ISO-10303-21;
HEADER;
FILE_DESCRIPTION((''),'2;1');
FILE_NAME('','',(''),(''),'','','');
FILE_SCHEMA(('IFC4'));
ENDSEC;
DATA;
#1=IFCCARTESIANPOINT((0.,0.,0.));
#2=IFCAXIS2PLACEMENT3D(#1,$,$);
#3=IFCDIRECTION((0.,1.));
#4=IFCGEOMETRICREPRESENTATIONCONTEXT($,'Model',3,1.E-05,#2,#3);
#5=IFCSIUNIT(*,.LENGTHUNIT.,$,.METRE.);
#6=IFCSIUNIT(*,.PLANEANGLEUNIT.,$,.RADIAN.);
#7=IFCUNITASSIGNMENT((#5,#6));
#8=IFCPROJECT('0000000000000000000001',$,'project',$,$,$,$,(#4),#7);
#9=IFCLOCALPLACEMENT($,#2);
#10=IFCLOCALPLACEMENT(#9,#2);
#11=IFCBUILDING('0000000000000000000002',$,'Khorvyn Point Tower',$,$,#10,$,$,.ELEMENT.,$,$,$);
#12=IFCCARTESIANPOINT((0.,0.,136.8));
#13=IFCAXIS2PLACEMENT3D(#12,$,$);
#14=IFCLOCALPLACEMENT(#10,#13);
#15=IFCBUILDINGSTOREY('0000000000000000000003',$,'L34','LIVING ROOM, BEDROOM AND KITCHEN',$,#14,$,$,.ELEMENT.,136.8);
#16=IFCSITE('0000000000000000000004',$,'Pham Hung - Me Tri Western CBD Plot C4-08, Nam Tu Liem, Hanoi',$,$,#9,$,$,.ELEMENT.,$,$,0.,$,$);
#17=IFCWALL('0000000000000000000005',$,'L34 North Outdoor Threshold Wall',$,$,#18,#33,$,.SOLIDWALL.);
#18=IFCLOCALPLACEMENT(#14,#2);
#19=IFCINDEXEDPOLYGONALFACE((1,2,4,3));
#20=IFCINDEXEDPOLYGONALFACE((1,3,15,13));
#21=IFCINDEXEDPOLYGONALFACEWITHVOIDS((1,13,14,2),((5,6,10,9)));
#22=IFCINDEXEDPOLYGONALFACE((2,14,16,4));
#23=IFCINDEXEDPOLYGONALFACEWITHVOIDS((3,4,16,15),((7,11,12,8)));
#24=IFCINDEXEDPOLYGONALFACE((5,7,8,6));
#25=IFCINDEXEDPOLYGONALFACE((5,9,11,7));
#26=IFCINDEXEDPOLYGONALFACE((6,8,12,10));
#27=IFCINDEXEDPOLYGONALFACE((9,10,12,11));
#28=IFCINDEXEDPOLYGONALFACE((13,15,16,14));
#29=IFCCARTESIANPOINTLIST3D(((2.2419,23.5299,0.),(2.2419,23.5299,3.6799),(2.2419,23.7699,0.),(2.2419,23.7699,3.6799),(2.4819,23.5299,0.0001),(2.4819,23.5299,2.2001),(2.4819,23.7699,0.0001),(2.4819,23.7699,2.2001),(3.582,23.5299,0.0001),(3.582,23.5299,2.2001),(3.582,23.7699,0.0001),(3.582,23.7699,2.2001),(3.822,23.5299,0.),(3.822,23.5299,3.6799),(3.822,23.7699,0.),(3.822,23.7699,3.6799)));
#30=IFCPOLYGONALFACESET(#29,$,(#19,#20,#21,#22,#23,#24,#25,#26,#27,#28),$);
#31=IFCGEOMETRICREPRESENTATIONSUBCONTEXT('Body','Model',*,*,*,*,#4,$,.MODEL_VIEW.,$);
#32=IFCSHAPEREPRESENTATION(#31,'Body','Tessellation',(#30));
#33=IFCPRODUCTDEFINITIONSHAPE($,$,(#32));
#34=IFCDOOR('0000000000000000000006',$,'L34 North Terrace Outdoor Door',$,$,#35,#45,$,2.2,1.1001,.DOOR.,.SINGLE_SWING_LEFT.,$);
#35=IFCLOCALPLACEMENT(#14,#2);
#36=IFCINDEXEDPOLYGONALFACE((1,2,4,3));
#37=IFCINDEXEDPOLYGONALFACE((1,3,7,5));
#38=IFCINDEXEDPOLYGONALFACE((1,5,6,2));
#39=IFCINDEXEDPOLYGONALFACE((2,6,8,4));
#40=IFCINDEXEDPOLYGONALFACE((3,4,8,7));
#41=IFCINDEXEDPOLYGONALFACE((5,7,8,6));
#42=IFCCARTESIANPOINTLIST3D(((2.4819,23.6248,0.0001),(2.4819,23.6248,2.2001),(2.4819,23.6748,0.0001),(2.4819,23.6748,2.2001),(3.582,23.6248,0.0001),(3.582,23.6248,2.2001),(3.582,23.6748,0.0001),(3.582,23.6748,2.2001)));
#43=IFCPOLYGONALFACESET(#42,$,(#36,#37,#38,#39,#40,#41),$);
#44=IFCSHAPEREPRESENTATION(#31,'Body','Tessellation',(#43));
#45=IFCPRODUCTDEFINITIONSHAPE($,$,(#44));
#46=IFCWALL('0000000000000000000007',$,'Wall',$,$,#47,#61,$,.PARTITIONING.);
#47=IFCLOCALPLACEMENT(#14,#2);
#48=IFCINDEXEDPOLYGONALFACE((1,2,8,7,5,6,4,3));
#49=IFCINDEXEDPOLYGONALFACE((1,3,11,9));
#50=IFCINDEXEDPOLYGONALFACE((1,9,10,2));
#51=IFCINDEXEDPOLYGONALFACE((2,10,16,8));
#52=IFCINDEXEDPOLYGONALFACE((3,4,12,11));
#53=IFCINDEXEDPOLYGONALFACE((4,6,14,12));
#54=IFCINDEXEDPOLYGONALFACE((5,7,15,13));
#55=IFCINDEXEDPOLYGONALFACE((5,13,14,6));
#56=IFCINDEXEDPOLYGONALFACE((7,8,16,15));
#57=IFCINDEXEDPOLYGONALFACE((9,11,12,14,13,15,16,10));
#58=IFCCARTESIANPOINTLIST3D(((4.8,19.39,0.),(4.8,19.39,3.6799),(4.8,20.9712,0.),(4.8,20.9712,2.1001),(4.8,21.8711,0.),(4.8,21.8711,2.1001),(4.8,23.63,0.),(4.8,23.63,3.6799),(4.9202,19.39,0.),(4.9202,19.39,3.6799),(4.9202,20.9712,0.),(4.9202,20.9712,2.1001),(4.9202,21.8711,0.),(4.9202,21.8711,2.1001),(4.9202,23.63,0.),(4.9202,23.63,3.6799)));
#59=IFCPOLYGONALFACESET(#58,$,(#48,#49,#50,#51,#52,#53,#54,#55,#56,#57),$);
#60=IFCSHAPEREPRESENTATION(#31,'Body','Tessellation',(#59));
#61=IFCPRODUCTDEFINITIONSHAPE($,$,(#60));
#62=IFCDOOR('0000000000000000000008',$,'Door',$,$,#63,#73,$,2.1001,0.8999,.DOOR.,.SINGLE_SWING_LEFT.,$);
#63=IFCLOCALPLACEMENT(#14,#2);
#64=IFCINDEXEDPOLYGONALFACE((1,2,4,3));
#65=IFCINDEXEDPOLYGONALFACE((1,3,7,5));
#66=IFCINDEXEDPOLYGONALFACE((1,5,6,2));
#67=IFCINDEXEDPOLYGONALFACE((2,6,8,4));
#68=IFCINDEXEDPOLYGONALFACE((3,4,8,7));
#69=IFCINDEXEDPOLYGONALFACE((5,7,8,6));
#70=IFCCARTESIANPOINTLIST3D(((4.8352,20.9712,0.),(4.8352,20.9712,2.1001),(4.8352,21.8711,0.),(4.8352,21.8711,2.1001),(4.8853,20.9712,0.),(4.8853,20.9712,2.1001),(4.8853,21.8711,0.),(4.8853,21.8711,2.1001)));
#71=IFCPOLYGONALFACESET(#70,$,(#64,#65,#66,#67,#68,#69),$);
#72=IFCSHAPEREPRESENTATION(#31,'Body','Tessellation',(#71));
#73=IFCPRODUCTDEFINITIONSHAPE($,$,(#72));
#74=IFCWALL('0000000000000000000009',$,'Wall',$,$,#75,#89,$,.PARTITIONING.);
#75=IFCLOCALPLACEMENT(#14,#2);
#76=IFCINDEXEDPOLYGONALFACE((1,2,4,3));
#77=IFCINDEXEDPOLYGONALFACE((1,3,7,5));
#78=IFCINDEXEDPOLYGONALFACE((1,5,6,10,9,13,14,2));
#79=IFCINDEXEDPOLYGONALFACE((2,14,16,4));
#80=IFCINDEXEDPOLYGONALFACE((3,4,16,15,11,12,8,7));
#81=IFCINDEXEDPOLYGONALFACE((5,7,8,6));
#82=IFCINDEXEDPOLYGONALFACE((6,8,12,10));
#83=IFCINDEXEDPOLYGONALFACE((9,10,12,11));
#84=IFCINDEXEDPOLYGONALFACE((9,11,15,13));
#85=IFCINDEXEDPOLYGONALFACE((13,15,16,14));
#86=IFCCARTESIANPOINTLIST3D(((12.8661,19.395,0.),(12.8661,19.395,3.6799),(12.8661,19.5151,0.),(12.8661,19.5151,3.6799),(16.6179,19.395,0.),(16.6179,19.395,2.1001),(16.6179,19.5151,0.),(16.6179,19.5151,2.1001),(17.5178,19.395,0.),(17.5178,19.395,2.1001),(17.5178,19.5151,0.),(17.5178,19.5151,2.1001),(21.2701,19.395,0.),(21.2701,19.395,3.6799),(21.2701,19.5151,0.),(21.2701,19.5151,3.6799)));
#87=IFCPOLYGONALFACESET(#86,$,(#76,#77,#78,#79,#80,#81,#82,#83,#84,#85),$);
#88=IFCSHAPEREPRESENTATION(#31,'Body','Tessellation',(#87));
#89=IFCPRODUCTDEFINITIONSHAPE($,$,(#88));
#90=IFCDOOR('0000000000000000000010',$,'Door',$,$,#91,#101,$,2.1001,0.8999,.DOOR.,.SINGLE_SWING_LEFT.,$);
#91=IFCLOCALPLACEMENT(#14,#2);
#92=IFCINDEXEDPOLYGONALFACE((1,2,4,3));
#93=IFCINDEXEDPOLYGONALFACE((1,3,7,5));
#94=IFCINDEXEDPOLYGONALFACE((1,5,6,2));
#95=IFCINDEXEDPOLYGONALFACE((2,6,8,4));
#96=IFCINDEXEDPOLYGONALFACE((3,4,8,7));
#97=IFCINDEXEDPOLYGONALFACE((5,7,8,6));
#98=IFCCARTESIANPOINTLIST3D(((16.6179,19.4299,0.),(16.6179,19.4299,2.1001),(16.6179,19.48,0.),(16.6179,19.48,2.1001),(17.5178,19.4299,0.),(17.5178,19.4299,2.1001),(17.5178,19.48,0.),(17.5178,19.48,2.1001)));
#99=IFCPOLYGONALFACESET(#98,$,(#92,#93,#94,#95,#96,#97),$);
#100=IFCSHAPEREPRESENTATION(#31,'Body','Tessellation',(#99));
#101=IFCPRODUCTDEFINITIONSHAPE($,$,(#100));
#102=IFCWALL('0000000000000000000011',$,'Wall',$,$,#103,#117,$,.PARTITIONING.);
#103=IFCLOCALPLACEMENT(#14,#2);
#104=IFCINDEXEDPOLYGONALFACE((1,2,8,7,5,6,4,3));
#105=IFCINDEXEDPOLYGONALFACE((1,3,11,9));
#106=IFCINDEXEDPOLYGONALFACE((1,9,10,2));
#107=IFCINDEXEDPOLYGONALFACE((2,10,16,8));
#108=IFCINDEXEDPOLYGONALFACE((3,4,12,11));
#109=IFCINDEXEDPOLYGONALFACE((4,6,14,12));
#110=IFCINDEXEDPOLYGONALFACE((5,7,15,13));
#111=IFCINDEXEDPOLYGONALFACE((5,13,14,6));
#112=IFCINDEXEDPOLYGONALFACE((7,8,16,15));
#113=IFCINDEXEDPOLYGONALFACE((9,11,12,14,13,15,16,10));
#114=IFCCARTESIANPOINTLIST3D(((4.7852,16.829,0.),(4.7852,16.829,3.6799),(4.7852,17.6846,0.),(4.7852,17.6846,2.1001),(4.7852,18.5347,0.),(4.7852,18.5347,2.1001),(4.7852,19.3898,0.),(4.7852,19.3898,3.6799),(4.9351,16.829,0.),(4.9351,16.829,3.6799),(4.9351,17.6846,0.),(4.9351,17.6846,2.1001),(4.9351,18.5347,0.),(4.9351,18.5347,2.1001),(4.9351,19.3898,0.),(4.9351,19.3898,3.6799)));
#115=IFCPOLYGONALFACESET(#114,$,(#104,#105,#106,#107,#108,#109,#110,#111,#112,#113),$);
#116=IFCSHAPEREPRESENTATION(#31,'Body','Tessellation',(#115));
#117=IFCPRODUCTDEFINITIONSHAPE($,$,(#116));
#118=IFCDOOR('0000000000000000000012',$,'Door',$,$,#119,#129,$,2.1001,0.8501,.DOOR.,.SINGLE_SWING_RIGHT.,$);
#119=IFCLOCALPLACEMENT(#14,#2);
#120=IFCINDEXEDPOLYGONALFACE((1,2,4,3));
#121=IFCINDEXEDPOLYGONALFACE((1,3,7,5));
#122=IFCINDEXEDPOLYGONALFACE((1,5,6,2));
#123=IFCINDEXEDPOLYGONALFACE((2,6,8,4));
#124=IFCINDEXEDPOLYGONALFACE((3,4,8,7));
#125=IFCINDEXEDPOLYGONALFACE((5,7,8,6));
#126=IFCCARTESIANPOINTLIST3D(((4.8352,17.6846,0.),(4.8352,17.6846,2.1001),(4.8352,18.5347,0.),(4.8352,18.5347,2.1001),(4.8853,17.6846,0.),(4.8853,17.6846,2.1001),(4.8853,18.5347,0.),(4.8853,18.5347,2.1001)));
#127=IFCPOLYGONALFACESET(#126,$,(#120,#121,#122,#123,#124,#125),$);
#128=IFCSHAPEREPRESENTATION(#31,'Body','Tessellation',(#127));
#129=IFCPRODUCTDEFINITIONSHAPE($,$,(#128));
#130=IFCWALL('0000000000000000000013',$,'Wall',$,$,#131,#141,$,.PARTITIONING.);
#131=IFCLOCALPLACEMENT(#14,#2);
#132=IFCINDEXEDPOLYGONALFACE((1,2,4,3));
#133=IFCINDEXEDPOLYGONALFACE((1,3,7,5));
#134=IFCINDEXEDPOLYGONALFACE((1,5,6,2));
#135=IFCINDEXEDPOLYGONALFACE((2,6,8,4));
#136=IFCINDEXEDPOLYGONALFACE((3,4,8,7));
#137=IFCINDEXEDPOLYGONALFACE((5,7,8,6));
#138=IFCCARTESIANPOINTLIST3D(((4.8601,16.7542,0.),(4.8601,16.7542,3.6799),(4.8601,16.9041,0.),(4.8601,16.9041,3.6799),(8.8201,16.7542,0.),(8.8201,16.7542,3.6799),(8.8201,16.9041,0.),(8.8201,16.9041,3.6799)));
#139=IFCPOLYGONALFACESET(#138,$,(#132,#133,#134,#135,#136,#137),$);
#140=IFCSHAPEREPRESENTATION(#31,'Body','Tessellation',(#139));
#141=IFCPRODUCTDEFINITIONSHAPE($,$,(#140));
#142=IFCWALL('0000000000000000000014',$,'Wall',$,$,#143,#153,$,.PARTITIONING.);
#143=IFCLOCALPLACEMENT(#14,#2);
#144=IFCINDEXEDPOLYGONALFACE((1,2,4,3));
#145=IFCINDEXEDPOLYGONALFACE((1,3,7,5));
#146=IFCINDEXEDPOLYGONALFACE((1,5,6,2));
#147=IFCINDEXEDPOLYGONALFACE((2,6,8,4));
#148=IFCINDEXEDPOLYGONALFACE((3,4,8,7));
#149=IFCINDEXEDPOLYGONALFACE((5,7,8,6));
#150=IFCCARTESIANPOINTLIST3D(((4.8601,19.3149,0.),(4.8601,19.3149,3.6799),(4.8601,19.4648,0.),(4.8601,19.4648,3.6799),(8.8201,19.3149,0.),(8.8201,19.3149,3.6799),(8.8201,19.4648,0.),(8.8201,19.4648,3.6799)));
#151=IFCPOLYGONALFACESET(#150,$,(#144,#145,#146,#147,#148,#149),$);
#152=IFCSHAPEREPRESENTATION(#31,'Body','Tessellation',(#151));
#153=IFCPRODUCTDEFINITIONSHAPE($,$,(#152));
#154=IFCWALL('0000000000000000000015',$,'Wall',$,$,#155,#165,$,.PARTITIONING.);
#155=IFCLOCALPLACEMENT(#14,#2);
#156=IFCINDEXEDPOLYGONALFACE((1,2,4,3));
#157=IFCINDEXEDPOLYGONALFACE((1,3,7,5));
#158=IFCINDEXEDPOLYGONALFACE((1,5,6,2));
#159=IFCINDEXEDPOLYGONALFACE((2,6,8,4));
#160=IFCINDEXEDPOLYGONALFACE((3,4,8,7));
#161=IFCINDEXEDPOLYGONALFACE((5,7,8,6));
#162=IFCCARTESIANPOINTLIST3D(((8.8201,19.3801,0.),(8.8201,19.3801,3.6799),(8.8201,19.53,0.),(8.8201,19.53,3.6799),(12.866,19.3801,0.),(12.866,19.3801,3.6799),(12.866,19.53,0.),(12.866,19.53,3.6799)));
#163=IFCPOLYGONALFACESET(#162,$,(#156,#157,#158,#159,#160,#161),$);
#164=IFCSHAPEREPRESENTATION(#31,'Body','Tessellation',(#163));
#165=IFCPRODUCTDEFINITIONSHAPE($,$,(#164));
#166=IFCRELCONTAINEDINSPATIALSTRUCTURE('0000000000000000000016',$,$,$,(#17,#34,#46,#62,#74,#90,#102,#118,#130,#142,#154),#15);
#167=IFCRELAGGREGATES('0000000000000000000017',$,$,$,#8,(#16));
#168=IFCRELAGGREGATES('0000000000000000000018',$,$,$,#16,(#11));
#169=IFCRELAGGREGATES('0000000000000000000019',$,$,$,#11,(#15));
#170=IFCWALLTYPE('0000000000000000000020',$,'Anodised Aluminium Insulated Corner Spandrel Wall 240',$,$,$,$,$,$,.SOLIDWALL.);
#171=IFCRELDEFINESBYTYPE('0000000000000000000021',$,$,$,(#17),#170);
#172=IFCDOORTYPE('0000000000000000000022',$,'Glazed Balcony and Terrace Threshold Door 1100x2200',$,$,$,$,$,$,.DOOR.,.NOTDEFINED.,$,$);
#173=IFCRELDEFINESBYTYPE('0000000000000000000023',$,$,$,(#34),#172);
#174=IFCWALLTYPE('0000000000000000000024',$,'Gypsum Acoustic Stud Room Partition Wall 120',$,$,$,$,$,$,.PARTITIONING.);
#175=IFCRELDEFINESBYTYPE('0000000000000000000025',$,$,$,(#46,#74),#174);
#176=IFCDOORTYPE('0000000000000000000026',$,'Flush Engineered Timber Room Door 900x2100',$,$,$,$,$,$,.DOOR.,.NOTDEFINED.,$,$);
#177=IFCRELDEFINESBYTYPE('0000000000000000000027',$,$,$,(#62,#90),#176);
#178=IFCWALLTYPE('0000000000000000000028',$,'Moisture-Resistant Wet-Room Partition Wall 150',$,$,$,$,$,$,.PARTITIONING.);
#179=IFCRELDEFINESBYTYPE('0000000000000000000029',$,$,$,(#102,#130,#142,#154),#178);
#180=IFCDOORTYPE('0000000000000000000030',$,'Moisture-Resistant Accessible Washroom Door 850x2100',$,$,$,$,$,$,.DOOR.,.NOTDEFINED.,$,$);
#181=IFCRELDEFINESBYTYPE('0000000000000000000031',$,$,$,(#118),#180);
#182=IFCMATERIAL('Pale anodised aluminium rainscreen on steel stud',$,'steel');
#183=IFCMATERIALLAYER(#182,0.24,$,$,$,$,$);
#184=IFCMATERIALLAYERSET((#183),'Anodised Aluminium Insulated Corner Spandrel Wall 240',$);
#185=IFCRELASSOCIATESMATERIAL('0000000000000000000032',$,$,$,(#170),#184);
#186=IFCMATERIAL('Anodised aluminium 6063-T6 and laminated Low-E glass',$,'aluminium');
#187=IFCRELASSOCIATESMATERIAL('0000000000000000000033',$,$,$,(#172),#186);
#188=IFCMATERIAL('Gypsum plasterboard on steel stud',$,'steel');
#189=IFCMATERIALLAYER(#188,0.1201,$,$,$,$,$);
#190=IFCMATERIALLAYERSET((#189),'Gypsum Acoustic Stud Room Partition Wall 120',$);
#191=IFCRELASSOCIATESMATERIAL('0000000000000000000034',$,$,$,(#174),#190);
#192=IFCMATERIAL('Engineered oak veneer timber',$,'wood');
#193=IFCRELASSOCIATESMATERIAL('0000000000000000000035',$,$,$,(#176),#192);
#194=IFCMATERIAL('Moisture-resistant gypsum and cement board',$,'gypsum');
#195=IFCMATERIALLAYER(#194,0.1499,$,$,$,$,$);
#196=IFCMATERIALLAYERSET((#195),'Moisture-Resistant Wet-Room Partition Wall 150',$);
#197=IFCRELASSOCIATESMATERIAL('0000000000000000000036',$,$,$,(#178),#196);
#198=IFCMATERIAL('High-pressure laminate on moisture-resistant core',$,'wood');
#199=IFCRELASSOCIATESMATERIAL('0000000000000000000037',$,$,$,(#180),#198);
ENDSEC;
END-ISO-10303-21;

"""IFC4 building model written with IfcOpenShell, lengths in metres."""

from ifc_helpers import new_model, si_unit, direction, frame, frame_2d, origin, place, context, subcontext, project, spatial, rectangle, extrude, material, layer, layer_set, type_object, element, fill, save


model = new_model("IFC4")

# Units and contexts
model_context = context("Model", 3, precision=1e-05, world=origin(), true_north=direction((0.0, 1.0)))
body_context = subcontext(model_context, "Body", "Model", "MODEL_VIEW")
ifc_project = project(units=[si_unit("LENGTHUNIT", "METRE"), si_unit("PLANEANGLEUNIT", "RADIAN")], contexts=[model_context])

# Site, building, storey
site_placement = place(None, origin())
site = spatial("IfcSite", under=ifc_project, at=site_placement, Name="Pham Hung - Me Tri Western CBD Plot C4-08, Nam Tu Liem, Hanoi", CompositionType="ELEMENT", RefElevation=0.0)
building_placement = place(site_placement, origin())
building = spatial("IfcBuilding", under=site, at=building_placement, Name="Khorvyn Point Tower", CompositionType="ELEMENT")
storey_placement = place(building_placement, frame((0.0, 0.0, 136.8)))
storey = spatial("IfcBuildingStorey", under=building, at=storey_placement, Name="L34", Description="LIVING ROOM, BEDROOM AND KITCHEN", CompositionType="ELEMENT", Elevation=136.8)

# Shared definitions
ifc_material_1 = material(Name="Anodised aluminium 6063-T6 and laminated Low-E glass", Category="aluminium")

# Walls, openings, doors
ifc_material_2 = material(Name="Pale anodised aluminium rainscreen on steel stud", Category="steel")
ifc_layer_1 = layer(ifc_material_2, 0.24)
ifc_layer_set_1 = layer_set([ifc_layer_1], Name="Anodised Aluminium Insulated Corner Spandrel Wall 240")
wall_type_1 = type_object("IfcWallType", Name="Anodised Aluminium Insulated Corner Spandrel Wall 240", PredefinedType="SOLIDWALL", material=ifc_layer_set_1)
wall_1_placement = place(storey_placement, frame((2.2419, 23.6499, 0.0), z_axis=(0.0, 0.0, 1.0), x_axis=(1.0, 0.0, 0.0)))
wall_1 = element("IfcWall", 1, at=wall_1_placement, inside=storey, type_object=wall_type_1, Name="L34 North Outdoor Threshold Wall", PredefinedType="SOLIDWALL", context=body_context, shape_type="SweptSolid", body=[
    extrude(rectangle(XDim=1.5801, YDim=0.24, at=frame_2d((0.79, 0.0))), origin(), (0.0, 0.0, 1.0), 3.6799),
])
opening_1_placement = place(wall_1_placement, frame((0.24, 0.0, 0.0)))
opening_1 = element("IfcOpeningElement", 2, at=opening_1_placement, cuts=wall_1, PredefinedType="OPENING", context=body_context, shape_type="SweptSolid", body=[
    extrude(rectangle(XDim=1.1001, YDim=2.2, at=frame_2d((0.55, 1.1001))), frame((0.0, 0.1299, 0.0), z_axis=(0.0, -1.0, 0.0), x_axis=(1.0, 0.0, 0.0)), (0.0, 0.0, 1.0), 0.26),
])
door_type_1 = type_object("IfcDoorType", Name="Glazed Balcony and Terrace Threshold Door 1100x2200", OperationType="NOTDEFINED", PredefinedType="DOOR", material=ifc_material_1)
door_1_placement = place(opening_1_placement, origin())
door_1 = element("IfcDoor", 3, at=door_1_placement, inside=storey, type_object=door_type_1, Name="L34 North Terrace Outdoor Door", OperationType="SINGLE_SWING_LEFT", OverallHeight=2.2, OverallWidth=1.1001, PredefinedType="DOOR", context=body_context, shape_type="SweptSolid", body=[
    extrude(rectangle(XDim=1.1001, YDim=2.2, at=frame_2d((0.55, 1.1001))), frame((0.0, 0.0249, 0.0), z_axis=(0.0, -1.0, 0.0), x_axis=(1.0, 0.0, 0.0)), (0.0, 0.0, 1.0), 0.05),
])
fill(opening_1, door_1)
ifc_material_3 = material(Name="Gypsum plasterboard on steel stud", Category="steel")
ifc_layer_2 = layer(ifc_material_3, 0.1201)
ifc_layer_set_2 = layer_set([ifc_layer_2], Name="Gypsum Acoustic Stud Room Partition Wall 120")
wall_type_2 = type_object("IfcWallType", Name="Gypsum Acoustic Stud Room Partition Wall 120", PredefinedType="PARTITIONING", material=ifc_layer_set_2)
wall_2_placement = place(storey_placement, frame((4.8601, 19.3899, 0.0), z_axis=(0.0, 0.0, 1.0), x_axis=(0.0, 1.0, 0.0)))
wall_2 = element("IfcWall", 4, at=wall_2_placement, inside=storey, type_object=wall_type_2, Name="Wall", PredefinedType="PARTITIONING", context=body_context, shape_type="SweptSolid", body=[
    extrude(rectangle(XDim=4.24, YDim=0.1201, at=frame_2d((2.1201, 0.0))), origin(), (0.0, 0.0, 1.0), 3.6799),
])
opening_2_placement = place(wall_2_placement, frame((1.5813, 0.0, 0.0)))
opening_2 = element("IfcOpeningElement", 5, at=opening_2_placement, cuts=wall_2, PredefinedType="OPENING", context=body_context, shape_type="SweptSolid", body=[
    extrude(rectangle(XDim=0.8999, YDim=2.1001, at=frame_2d((0.45, 1.05))), frame((0.0, 0.0701, 0.0), z_axis=(0.0, -1.0, 0.0), x_axis=(1.0, 0.0, 0.0)), (0.0, 0.0, 1.0), 0.1401),
])
ifc_material_4 = material(Name="Engineered oak veneer timber", Category="wood")
door_type_2 = type_object("IfcDoorType", Name="Flush Engineered Timber Room Door 900x2100", OperationType="NOTDEFINED", PredefinedType="DOOR", material=ifc_material_4)
door_2_placement = place(opening_2_placement, origin())
door_2 = element("IfcDoor", 6, at=door_2_placement, inside=storey, type_object=door_type_2, Name="Door", OperationType="SINGLE_SWING_LEFT", OverallHeight=2.1001, OverallWidth=0.8999, PredefinedType="DOOR", context=body_context, shape_type="SweptSolid", body=[
    extrude(rectangle(XDim=0.8999, YDim=2.1001, at=frame_2d((0.45, 1.05))), frame((0.0, 0.0249, 0.0), z_axis=(0.0, -1.0, 0.0), x_axis=(1.0, 0.0, 0.0)), (0.0, 0.0, 1.0), 0.05),
])
fill(opening_2, door_2)
wall_3_placement = place(storey_placement, frame((12.866, 19.4551, 0.0), z_axis=(0.0, 0.0, 1.0), x_axis=(1.0, 0.0, 0.0)))
wall_3 = element("IfcWall", 7, at=wall_3_placement, inside=storey, type_object=wall_type_2, Name="Wall", PredefinedType="PARTITIONING", context=body_context, shape_type="SweptSolid", body=[
    extrude(rectangle(XDim=8.4041, YDim=0.1201, at=frame_2d((4.2021, 0.0))), origin(), (0.0, 0.0, 1.0), 3.6799),
])
opening_3_placement = place(wall_3_placement, frame((3.752, 0.0, 0.0)))
opening_3 = element("IfcOpeningElement", 8, at=opening_3_placement, cuts=wall_3, PredefinedType="OPENING", context=body_context, shape_type="SweptSolid", body=[
    extrude(rectangle(XDim=0.8999, YDim=2.1001, at=frame_2d((0.45, 1.05))), frame((0.0, 0.0701, 0.0), z_axis=(0.0, -1.0, 0.0), x_axis=(1.0, 0.0, 0.0)), (0.0, 0.0, 1.0), 0.1401),
])
door_3_placement = place(opening_3_placement, origin())
door_3 = element("IfcDoor", 9, at=door_3_placement, inside=storey, type_object=door_type_2, Name="Door", OperationType="SINGLE_SWING_LEFT", OverallHeight=2.1001, OverallWidth=0.8999, PredefinedType="DOOR", context=body_context, shape_type="SweptSolid", body=[
    extrude(rectangle(XDim=0.8999, YDim=2.1001, at=frame_2d((0.45, 1.05))), frame((0.0, 0.0249, 0.0), z_axis=(0.0, -1.0, 0.0), x_axis=(1.0, 0.0, 0.0)), (0.0, 0.0, 1.0), 0.05),
])
fill(opening_3, door_3)
ifc_material_5 = material(Name="Moisture-resistant gypsum and cement board", Category="gypsum")
ifc_layer_3 = layer(ifc_material_5, 0.1499)
ifc_layer_set_3 = layer_set([ifc_layer_3], Name="Moisture-Resistant Wet-Room Partition Wall 150")
wall_type_3 = type_object("IfcWallType", Name="Moisture-Resistant Wet-Room Partition Wall 150", PredefinedType="PARTITIONING", material=ifc_layer_set_3)
wall_4_placement = place(storey_placement, frame((4.8601, 16.8291, 0.0), z_axis=(0.0, 0.0, 1.0), x_axis=(0.0, 1.0, 0.0)))
wall_4 = element("IfcWall", 10, at=wall_4_placement, inside=storey, type_object=wall_type_3, Name="Wall", PredefinedType="PARTITIONING", context=body_context, shape_type="SweptSolid", body=[
    extrude(rectangle(XDim=2.5608, YDim=0.1499, at=frame_2d((1.2803, 0.0))), origin(), (0.0, 0.0, 1.0), 3.6799),
])
opening_4_placement = place(wall_4_placement, frame((0.8555, 0.0, 0.0)))
opening_4 = element("IfcOpeningElement", 11, at=opening_4_placement, cuts=wall_4, PredefinedType="OPENING", context=body_context, shape_type="SweptSolid", body=[
    extrude(rectangle(XDim=0.8501, YDim=2.1001, at=frame_2d((0.425, 1.05))), frame((0.0, 0.085, 0.0), z_axis=(0.0, -1.0, 0.0), x_axis=(1.0, 0.0, 0.0)), (0.0, 0.0, 1.0), 0.1699),
])
ifc_material_6 = material(Name="High-pressure laminate on moisture-resistant core", Category="wood")
door_type_3 = type_object("IfcDoorType", Name="Moisture-Resistant Accessible Washroom Door 850x2100", OperationType="NOTDEFINED", PredefinedType="DOOR", material=ifc_material_6)
door_4_placement = place(opening_4_placement, origin())
door_4 = element("IfcDoor", 12, at=door_4_placement, inside=storey, type_object=door_type_3, Name="Door", OperationType="SINGLE_SWING_RIGHT", OverallHeight=2.1001, OverallWidth=0.8501, PredefinedType="DOOR", context=body_context, shape_type="SweptSolid", body=[
    extrude(rectangle(XDim=0.8501, YDim=2.1001, at=frame_2d((0.425, 1.05))), frame((0.0, 0.0249, 0.0), z_axis=(0.0, -1.0, 0.0), x_axis=(1.0, 0.0, 0.0)), (0.0, 0.0, 1.0), 0.05),
])
fill(opening_4, door_4)

# Walls
for number, where, z_axis, x_axis, name in (
    (13, (4.8601, 16.8291, 0.0), (0.0, 0.0, 1.0), (1.0, 0.0, 0.0), "Wall"),
    (14, (4.8601, 19.3899, 0.0), (0.0, 0.0, 1.0), (1.0, 0.0, 0.0), "Wall"),
):
    element("IfcWall", number, at=place(storey_placement, frame(where, z_axis=z_axis, x_axis=x_axis)), inside=storey, type_object=wall_type_3, Name=name, PredefinedType="PARTITIONING", context=body_context, shape_type="SweptSolid", body=[
        extrude(rectangle(XDim=3.96, YDim=0.1499, at=frame_2d((1.98, 0.0))), origin(), (0.0, 0.0, 1.0), 3.6799),
    ])
wall_5_placement = place(storey_placement, frame((8.8201, 19.4551, 0.0), z_axis=(0.0, 0.0, 1.0), x_axis=(1.0, 0.0, 0.0)))
element("IfcWall", 15, at=wall_5_placement, inside=storey, type_object=wall_type_3, Name="Wall", PredefinedType="PARTITIONING", context=body_context, shape_type="SweptSolid", body=[
    extrude(rectangle(XDim=4.0459, YDim=0.1499, at=frame_2d((2.0229, 0.0))), origin(), (0.0, 0.0, 1.0), 3.6799),
])

save(model, "model.ifc")
